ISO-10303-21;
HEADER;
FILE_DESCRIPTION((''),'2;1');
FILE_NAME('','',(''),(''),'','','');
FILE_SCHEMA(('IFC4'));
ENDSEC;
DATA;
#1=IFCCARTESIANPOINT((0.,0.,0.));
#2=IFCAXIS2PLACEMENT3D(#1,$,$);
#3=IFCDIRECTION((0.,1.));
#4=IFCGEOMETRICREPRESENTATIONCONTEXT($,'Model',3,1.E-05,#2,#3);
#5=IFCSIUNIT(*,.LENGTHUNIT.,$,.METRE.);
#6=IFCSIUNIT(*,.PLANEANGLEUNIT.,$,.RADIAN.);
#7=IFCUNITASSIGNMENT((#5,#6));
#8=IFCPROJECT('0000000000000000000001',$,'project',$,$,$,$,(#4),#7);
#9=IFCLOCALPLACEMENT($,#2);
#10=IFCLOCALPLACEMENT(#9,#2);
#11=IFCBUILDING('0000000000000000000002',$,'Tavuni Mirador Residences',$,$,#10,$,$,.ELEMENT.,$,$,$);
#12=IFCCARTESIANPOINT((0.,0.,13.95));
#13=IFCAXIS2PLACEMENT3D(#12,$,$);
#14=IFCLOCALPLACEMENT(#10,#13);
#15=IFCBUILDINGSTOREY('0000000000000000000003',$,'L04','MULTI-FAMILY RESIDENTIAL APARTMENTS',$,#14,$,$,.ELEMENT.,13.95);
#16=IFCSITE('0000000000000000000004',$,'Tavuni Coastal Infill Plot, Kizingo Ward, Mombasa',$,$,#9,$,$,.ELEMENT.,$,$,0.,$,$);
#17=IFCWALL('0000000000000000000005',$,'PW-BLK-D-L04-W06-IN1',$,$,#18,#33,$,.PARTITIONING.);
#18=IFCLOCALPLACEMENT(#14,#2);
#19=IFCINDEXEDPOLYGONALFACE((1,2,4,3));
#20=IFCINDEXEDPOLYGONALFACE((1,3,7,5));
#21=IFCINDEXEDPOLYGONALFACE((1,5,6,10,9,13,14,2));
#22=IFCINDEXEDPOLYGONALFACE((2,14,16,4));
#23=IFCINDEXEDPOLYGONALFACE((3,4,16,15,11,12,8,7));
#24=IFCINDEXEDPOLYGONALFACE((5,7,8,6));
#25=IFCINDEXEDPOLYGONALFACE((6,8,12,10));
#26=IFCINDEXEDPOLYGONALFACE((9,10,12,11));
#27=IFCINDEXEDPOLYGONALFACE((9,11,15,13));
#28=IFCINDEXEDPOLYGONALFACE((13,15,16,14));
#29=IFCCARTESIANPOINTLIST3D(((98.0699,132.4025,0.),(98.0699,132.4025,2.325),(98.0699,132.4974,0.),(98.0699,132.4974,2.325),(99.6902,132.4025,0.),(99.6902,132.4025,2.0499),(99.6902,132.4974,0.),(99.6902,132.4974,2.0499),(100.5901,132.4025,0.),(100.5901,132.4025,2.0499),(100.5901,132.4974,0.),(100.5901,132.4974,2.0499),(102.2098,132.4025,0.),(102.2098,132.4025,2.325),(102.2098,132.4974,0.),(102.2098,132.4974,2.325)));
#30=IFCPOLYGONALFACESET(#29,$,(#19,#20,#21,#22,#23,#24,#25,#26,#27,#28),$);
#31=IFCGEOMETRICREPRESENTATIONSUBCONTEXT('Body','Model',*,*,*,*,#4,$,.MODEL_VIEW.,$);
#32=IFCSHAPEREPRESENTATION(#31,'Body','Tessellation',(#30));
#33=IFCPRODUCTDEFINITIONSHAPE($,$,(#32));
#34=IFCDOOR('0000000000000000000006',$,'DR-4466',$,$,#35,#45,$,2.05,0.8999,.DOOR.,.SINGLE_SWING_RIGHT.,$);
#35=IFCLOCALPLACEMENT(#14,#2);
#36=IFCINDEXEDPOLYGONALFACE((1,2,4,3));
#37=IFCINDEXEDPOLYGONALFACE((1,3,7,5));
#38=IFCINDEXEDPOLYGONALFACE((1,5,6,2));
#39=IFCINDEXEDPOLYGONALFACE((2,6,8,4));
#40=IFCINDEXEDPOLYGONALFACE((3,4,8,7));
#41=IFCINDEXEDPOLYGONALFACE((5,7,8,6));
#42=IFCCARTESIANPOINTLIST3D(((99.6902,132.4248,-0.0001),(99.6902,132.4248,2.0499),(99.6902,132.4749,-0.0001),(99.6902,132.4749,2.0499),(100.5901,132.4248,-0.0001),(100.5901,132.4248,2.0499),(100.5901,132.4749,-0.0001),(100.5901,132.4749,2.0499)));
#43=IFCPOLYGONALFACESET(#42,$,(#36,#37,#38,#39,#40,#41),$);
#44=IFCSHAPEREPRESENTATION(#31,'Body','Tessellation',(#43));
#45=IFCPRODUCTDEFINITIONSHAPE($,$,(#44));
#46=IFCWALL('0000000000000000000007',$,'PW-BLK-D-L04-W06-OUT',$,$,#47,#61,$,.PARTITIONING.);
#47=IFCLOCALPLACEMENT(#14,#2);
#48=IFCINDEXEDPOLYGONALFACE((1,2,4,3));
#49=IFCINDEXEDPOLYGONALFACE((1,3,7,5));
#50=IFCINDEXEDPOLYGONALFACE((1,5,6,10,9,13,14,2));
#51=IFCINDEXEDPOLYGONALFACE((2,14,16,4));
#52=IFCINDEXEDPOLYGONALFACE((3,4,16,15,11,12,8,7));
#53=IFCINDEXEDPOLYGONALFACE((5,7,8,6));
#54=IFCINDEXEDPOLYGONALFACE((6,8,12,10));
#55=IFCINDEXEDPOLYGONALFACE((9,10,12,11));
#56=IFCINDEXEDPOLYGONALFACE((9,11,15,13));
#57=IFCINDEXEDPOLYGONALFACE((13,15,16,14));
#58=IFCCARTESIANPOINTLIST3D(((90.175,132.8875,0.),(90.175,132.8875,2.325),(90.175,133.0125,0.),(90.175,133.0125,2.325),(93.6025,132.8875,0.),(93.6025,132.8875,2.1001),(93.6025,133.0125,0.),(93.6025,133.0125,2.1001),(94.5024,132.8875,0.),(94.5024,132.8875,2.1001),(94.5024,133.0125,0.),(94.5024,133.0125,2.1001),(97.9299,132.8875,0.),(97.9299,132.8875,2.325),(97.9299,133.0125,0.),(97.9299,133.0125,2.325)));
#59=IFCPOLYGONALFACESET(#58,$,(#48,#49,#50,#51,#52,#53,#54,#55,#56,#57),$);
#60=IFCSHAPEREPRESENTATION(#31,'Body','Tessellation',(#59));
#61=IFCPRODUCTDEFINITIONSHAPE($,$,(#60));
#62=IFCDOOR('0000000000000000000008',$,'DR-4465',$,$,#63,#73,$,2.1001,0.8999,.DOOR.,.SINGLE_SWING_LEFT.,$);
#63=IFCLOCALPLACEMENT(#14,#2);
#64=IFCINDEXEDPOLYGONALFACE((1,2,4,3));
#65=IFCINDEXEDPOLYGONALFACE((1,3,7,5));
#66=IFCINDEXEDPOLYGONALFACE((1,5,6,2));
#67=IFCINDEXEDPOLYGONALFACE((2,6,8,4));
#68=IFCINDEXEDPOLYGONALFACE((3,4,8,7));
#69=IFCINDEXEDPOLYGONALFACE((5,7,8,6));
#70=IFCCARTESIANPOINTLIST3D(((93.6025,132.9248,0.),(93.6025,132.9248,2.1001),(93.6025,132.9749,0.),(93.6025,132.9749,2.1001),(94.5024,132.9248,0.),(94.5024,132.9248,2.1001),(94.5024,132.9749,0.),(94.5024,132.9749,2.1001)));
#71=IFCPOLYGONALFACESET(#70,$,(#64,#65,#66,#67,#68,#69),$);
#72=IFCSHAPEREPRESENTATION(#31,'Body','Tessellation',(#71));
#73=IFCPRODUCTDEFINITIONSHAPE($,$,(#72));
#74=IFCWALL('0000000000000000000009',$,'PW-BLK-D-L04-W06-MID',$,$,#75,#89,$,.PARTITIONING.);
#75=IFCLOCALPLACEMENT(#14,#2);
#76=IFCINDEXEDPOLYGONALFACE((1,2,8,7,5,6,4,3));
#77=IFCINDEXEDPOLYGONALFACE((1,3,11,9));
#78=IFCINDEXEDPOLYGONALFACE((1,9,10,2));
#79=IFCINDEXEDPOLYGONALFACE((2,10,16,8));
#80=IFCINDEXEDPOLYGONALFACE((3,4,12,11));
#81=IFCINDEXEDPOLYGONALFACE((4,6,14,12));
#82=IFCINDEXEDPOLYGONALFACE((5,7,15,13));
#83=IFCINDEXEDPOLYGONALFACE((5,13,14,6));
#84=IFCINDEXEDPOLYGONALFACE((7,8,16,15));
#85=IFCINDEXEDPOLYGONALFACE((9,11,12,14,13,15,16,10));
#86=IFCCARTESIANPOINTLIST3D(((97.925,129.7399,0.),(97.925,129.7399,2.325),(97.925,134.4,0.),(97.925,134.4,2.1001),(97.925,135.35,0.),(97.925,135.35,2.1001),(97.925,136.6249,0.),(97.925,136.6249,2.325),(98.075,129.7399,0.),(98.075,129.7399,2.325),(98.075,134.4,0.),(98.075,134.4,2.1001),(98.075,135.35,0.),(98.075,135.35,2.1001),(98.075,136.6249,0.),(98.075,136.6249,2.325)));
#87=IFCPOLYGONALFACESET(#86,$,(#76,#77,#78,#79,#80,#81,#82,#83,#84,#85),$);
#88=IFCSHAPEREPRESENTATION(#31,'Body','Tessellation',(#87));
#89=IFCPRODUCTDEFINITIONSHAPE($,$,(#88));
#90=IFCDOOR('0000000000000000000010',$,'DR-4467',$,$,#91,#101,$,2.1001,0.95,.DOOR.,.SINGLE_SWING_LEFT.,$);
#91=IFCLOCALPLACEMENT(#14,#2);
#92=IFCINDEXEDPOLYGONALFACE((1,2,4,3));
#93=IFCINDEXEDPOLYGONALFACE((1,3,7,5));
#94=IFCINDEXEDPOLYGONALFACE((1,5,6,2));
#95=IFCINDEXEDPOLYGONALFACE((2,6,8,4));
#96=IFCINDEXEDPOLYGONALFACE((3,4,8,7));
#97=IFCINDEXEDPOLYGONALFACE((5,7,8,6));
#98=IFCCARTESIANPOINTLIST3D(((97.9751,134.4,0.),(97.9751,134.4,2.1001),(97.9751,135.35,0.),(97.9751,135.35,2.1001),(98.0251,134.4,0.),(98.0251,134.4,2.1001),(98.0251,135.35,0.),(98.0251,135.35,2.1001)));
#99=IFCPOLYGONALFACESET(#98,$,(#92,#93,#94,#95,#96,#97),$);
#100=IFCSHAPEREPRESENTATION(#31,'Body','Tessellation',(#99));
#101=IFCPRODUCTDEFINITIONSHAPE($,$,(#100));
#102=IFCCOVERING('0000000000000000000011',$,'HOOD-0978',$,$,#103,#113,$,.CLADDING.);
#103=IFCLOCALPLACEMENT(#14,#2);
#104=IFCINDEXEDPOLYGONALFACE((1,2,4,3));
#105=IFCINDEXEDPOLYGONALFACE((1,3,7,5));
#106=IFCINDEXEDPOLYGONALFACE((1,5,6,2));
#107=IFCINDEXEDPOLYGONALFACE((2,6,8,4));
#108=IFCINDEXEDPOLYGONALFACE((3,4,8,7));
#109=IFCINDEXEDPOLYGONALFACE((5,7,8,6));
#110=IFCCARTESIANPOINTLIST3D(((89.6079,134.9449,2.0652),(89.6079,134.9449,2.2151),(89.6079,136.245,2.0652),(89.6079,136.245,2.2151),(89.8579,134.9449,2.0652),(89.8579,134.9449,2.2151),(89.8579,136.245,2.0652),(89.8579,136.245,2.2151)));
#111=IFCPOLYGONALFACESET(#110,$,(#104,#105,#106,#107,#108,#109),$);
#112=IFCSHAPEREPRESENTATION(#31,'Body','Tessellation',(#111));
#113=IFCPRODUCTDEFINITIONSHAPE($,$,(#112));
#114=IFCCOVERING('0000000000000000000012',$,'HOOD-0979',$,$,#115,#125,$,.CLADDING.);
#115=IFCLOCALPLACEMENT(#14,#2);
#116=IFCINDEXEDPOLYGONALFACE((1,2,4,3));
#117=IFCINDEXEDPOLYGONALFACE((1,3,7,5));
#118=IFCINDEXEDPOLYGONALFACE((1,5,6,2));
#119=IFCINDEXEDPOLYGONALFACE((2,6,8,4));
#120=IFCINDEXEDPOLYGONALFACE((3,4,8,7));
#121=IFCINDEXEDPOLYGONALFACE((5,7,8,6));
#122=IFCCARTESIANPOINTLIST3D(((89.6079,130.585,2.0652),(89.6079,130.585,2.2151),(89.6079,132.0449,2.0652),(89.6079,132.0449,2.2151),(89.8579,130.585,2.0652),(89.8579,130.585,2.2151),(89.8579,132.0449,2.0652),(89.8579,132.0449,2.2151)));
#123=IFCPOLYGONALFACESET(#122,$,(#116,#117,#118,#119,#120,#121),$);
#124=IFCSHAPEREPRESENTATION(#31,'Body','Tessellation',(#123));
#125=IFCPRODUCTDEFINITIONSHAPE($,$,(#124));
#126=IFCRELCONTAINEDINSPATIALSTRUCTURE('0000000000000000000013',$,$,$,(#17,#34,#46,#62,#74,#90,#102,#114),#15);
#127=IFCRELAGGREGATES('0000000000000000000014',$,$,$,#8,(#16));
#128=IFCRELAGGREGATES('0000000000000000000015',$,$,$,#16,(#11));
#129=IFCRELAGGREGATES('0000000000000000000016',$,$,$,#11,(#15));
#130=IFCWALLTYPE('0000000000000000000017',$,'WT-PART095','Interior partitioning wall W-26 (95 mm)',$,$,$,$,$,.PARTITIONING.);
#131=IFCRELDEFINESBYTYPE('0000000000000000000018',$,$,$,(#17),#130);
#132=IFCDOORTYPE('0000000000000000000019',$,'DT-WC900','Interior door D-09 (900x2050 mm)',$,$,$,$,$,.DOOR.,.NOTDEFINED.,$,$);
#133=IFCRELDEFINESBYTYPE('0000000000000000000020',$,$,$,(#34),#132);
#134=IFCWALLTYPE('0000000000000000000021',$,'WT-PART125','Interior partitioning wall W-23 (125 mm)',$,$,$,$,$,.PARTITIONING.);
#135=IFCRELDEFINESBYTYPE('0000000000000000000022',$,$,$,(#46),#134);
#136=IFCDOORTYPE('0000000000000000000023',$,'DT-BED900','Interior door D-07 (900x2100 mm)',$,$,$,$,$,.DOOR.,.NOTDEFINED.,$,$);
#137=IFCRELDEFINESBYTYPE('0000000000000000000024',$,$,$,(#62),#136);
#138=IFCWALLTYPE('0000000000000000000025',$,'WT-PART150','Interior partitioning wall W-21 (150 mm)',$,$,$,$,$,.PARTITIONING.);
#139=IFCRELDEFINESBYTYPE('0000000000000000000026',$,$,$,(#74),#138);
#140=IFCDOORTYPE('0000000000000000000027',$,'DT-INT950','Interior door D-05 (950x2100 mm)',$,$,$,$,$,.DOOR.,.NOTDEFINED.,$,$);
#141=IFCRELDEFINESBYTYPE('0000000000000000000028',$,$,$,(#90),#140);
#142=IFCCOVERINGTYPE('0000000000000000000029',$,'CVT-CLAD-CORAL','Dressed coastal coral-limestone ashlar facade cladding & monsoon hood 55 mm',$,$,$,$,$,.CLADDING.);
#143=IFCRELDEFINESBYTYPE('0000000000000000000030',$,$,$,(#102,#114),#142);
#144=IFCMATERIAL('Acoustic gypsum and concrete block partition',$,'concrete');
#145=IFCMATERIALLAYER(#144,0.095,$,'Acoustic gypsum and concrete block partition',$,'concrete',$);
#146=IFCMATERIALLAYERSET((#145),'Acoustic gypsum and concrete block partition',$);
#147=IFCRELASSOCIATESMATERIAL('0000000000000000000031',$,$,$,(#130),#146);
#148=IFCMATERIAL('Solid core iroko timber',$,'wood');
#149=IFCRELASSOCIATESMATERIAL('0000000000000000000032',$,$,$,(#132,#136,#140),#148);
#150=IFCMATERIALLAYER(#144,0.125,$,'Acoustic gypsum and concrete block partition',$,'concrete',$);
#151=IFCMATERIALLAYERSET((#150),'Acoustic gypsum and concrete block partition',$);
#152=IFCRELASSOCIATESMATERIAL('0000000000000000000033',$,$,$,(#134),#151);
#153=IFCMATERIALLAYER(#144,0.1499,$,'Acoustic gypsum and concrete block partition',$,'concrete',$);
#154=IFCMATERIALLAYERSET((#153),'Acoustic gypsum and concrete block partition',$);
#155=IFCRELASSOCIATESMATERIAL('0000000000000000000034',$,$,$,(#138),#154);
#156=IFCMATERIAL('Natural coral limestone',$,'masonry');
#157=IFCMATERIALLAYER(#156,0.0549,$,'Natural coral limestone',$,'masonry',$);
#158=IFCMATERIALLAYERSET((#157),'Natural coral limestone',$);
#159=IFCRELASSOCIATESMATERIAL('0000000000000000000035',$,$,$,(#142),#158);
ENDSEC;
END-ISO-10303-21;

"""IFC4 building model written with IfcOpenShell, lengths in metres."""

from ifc_helpers import new_model, si_unit, direction, frame, frame_2d, origin, origin_2d, place, context, subcontext, project, spatial, rectangle, extrude, material, layer, layer_set, type_object, element, fill, save


model = new_model("IFC4")

# Units and contexts
model_context = context("Model", 3, precision=1e-05, world=origin(), true_north=direction((0.0, 1.0)))
body_context = subcontext(model_context, "Body", "Model", "MODEL_VIEW")
ifc_project = project(units=[si_unit("LENGTHUNIT", "METRE"), si_unit("PLANEANGLEUNIT", "RADIAN")], contexts=[model_context])

# Site, building, storey
site_placement = place(None, origin())
site = spatial("IfcSite", under=ifc_project, at=site_placement, Name="Tavuni Coastal Infill Plot, Kizingo Ward, Mombasa", CompositionType="ELEMENT", RefElevation=0.0)
building_placement = place(site_placement, origin())
building = spatial("IfcBuilding", under=site, at=building_placement, Name="Tavuni Mirador Residences", CompositionType="ELEMENT")
storey_placement = place(building_placement, frame((0.0, 0.0, 13.95)))
storey = spatial("IfcBuildingStorey", under=building, at=storey_placement, Name="L04", Description="MULTI-FAMILY RESIDENTIAL APARTMENTS", CompositionType="ELEMENT", Elevation=13.95)

# Shared definitions
ifc_material_1 = material(Name="Solid core iroko timber", Category="wood")

# Walls, openings, doors
ifc_material_2 = material(Name="Acoustic gypsum and concrete block partition", Category="concrete")
ifc_layer_1 = layer(ifc_material_2, 0.095, Name="Acoustic gypsum and concrete block partition", Category="concrete")
ifc_layer_set_1 = layer_set([ifc_layer_1], Name="Acoustic gypsum and concrete block partition")
wall_type_1 = type_object("IfcWallType", Name="WT-PART095", Description="Interior partitioning wall W-26 (95 mm)", PredefinedType="PARTITIONING", material=ifc_layer_set_1)
wall_1_placement = place(storey_placement, frame((98.0701, 132.45, 0.0), z_axis=(0.0, 0.0, 1.0), x_axis=(1.0, 0.0, 0.0)))
wall_1 = element("IfcWall", 1, at=wall_1_placement, inside=storey, type_object=wall_type_1, Name="PW-BLK-D-L04-W06-IN1", PredefinedType="PARTITIONING", context=body_context, shape_type="SweptSolid", body=[
    extrude(rectangle(XDim=4.1399, YDim=0.095, at=frame_2d((2.0698, 0.0))), origin(), (0.0, 0.0, 1.0), 2.325),
])
opening_1_placement = place(wall_1_placement, frame((1.6201, 0.0, 0.0)))
opening_1 = element("IfcOpeningElement", 2, at=opening_1_placement, cuts=wall_1, PredefinedType="OPENING", context=body_context, shape_type="SweptSolid", body=[
    extrude(rectangle(XDim=0.8999, YDim=2.05, at=frame_2d((0.45, 1.0249))), frame((0.0, 0.0576, 0.0), z_axis=(0.0, -1.0, 0.0), x_axis=(1.0, 0.0, 0.0)), (0.0, 0.0, 1.0), 0.115),
])
door_type_1 = type_object("IfcDoorType", Name="DT-WC900", Description="Interior door D-09 (900x2050 mm)", OperationType="NOTDEFINED", PredefinedType="DOOR", material=ifc_material_1)
door_1_placement = place(opening_1_placement, origin())
door_1 = element("IfcDoor", 3, at=door_1_placement, inside=storey, type_object=door_type_1, Name="DR-4466", OperationType="SINGLE_SWING_RIGHT", OverallHeight=2.05, OverallWidth=0.8999, PredefinedType="DOOR", context=body_context, shape_type="SweptSolid", body=[
    extrude(rectangle(XDim=0.8999, YDim=2.05, at=frame_2d((0.45, 1.0249))), frame((0.0, 0.0249, 0.0), z_axis=(0.0, -1.0, 0.0), x_axis=(1.0, 0.0, 0.0)), (0.0, 0.0, 1.0), 0.05),
])
fill(opening_1, door_1)
ifc_layer_2 = layer(ifc_material_2, 0.125, Name="Acoustic gypsum and concrete block partition", Category="concrete")
ifc_layer_set_2 = layer_set([ifc_layer_2], Name="Acoustic gypsum and concrete block partition")
wall_type_2 = type_object("IfcWallType", Name="WT-PART125", Description="Interior partitioning wall W-23 (125 mm)", PredefinedType="PARTITIONING", material=ifc_layer_set_2)
wall_2_placement = place(storey_placement, frame((90.175, 132.95, 0.0), z_axis=(0.0, 0.0, 1.0), x_axis=(1.0, 0.0, 0.0)))
wall_2 = element("IfcWall", 4, at=wall_2_placement, inside=storey, type_object=wall_type_2, Name="PW-BLK-D-L04-W06-OUT", PredefinedType="PARTITIONING", context=body_context, shape_type="SweptSolid", body=[
    extrude(rectangle(XDim=7.7549, YDim=0.125, at=frame_2d((3.8774, 0.0))), origin(), (0.0, 0.0, 1.0), 2.325),
])
opening_2_placement = place(wall_2_placement, frame((3.4275, 0.0, 0.0)))
opening_2 = element("IfcOpeningElement", 5, at=opening_2_placement, cuts=wall_2, PredefinedType="OPENING", context=body_context, shape_type="SweptSolid", body=[
    extrude(rectangle(XDim=0.8999, YDim=2.1001, at=frame_2d((0.45, 1.05))), frame((0.0, 0.0725, 0.0), z_axis=(0.0, -1.0, 0.0), x_axis=(1.0, 0.0, 0.0)), (0.0, 0.0, 1.0), 0.145),
])
door_type_2 = type_object("IfcDoorType", Name="DT-BED900", Description="Interior door D-07 (900x2100 mm)", OperationType="NOTDEFINED", PredefinedType="DOOR", material=ifc_material_1)
door_2_placement = place(opening_2_placement, origin())
door_2 = element("IfcDoor", 6, at=door_2_placement, inside=storey, type_object=door_type_2, Name="DR-4465", OperationType="SINGLE_SWING_LEFT", OverallHeight=2.1001, OverallWidth=0.8999, PredefinedType="DOOR", context=body_context, shape_type="SweptSolid", body=[
    extrude(rectangle(XDim=0.8999, YDim=2.1001, at=frame_2d((0.45, 1.05))), frame((0.0, 0.0249, 0.0), z_axis=(0.0, -1.0, 0.0), x_axis=(1.0, 0.0, 0.0)), (0.0, 0.0, 1.0), 0.05),
])
fill(opening_2, door_2)
ifc_layer_3 = layer(ifc_material_2, 0.1499, Name="Acoustic gypsum and concrete block partition", Category="concrete")
ifc_layer_set_3 = layer_set([ifc_layer_3], Name="Acoustic gypsum and concrete block partition")
wall_type_3 = type_object("IfcWallType", Name="WT-PART150", Description="Interior partitioning wall W-21 (150 mm)", PredefinedType="PARTITIONING", material=ifc_layer_set_3)
wall_3_placement = place(storey_placement, frame((98.0, 129.74, 0.0), z_axis=(0.0, 0.0, 1.0), x_axis=(0.0, 1.0, 0.0)))
wall_3 = element("IfcWall", 7, at=wall_3_placement, inside=storey, type_object=wall_type_3, Name="PW-BLK-D-L04-W06-MID", PredefinedType="PARTITIONING", context=body_context, shape_type="SweptSolid", body=[
    extrude(rectangle(XDim=6.885, YDim=0.1499, at=frame_2d((3.4424, 0.0))), origin(), (0.0, 0.0, 1.0), 2.325),
])
opening_3_placement = place(wall_3_placement, frame((4.6599, 0.0, 0.0)))
opening_3 = element("IfcOpeningElement", 8, at=opening_3_placement, cuts=wall_3, PredefinedType="OPENING", context=body_context, shape_type="SweptSolid", body=[
    extrude(rectangle(XDim=0.95, YDim=2.1001, at=frame_2d((0.4751, 1.05))), frame((0.0, 0.085, 0.0), z_axis=(0.0, -1.0, 0.0), x_axis=(1.0, 0.0, 0.0)), (0.0, 0.0, 1.0), 0.1699),
])
door_type_3 = type_object("IfcDoorType", Name="DT-INT950", Description="Interior door D-05 (950x2100 mm)", OperationType="NOTDEFINED", PredefinedType="DOOR", material=ifc_material_1)
door_3_placement = place(opening_3_placement, origin())
door_3 = element("IfcDoor", 9, at=door_3_placement, inside=storey, type_object=door_type_3, Name="DR-4467", OperationType="SINGLE_SWING_LEFT", OverallHeight=2.1001, OverallWidth=0.95, PredefinedType="DOOR", context=body_context, shape_type="SweptSolid", body=[
    extrude(rectangle(XDim=0.95, YDim=2.1001, at=frame_2d((0.4751, 1.05))), frame((0.0, 0.0249, 0.0), z_axis=(0.0, -1.0, 0.0), x_axis=(1.0, 0.0, 0.0)), (0.0, 0.0, 1.0), 0.05),
])
fill(opening_3, door_3)

# Coverings
ifc_material_3 = material(Name="Natural coral limestone", Category="masonry")
ifc_layer_4 = layer(ifc_material_3, 0.0549, Name="Natural coral limestone", Category="masonry")
ifc_layer_set_4 = layer_set([ifc_layer_4], Name="Natural coral limestone")
covering_type = type_object("IfcCoveringType", Name="CVT-CLAD-CORAL", Description="Dressed coastal coral-limestone ashlar facade cladding & monsoon hood 55 mm", PredefinedType="CLADDING", material=ifc_layer_set_4)
covering_1_placement = place(storey_placement, frame((89.7329, 135.595, 2.0652), z_axis=(0.0, 0.0, 1.0), x_axis=(0.0, -1.0, 0.0)))
element("IfcCovering", 10, at=covering_1_placement, inside=storey, type_object=covering_type, Name="HOOD-0978", PredefinedType="CLADDING", context=body_context, shape_type="SweptSolid", body=[
    extrude(rectangle(XDim=1.3, YDim=0.25, at=origin_2d()), origin(), (0.0, 0.0, 1.0), 0.1499),
])
covering_2_placement = place(storey_placement, frame((89.7329, 131.3149, 2.0652), z_axis=(0.0, 0.0, 1.0), x_axis=(0.0, -1.0, 0.0)))
element("IfcCovering", 11, at=covering_2_placement, inside=storey, type_object=covering_type, Name="HOOD-0979", PredefinedType="CLADDING", context=body_context, shape_type="SweptSolid", body=[
    extrude(rectangle(XDim=1.46, YDim=0.25, at=origin_2d()), origin(), (0.0, 0.0, 1.0), 0.1499),
])

save(model, "model.ifc")
